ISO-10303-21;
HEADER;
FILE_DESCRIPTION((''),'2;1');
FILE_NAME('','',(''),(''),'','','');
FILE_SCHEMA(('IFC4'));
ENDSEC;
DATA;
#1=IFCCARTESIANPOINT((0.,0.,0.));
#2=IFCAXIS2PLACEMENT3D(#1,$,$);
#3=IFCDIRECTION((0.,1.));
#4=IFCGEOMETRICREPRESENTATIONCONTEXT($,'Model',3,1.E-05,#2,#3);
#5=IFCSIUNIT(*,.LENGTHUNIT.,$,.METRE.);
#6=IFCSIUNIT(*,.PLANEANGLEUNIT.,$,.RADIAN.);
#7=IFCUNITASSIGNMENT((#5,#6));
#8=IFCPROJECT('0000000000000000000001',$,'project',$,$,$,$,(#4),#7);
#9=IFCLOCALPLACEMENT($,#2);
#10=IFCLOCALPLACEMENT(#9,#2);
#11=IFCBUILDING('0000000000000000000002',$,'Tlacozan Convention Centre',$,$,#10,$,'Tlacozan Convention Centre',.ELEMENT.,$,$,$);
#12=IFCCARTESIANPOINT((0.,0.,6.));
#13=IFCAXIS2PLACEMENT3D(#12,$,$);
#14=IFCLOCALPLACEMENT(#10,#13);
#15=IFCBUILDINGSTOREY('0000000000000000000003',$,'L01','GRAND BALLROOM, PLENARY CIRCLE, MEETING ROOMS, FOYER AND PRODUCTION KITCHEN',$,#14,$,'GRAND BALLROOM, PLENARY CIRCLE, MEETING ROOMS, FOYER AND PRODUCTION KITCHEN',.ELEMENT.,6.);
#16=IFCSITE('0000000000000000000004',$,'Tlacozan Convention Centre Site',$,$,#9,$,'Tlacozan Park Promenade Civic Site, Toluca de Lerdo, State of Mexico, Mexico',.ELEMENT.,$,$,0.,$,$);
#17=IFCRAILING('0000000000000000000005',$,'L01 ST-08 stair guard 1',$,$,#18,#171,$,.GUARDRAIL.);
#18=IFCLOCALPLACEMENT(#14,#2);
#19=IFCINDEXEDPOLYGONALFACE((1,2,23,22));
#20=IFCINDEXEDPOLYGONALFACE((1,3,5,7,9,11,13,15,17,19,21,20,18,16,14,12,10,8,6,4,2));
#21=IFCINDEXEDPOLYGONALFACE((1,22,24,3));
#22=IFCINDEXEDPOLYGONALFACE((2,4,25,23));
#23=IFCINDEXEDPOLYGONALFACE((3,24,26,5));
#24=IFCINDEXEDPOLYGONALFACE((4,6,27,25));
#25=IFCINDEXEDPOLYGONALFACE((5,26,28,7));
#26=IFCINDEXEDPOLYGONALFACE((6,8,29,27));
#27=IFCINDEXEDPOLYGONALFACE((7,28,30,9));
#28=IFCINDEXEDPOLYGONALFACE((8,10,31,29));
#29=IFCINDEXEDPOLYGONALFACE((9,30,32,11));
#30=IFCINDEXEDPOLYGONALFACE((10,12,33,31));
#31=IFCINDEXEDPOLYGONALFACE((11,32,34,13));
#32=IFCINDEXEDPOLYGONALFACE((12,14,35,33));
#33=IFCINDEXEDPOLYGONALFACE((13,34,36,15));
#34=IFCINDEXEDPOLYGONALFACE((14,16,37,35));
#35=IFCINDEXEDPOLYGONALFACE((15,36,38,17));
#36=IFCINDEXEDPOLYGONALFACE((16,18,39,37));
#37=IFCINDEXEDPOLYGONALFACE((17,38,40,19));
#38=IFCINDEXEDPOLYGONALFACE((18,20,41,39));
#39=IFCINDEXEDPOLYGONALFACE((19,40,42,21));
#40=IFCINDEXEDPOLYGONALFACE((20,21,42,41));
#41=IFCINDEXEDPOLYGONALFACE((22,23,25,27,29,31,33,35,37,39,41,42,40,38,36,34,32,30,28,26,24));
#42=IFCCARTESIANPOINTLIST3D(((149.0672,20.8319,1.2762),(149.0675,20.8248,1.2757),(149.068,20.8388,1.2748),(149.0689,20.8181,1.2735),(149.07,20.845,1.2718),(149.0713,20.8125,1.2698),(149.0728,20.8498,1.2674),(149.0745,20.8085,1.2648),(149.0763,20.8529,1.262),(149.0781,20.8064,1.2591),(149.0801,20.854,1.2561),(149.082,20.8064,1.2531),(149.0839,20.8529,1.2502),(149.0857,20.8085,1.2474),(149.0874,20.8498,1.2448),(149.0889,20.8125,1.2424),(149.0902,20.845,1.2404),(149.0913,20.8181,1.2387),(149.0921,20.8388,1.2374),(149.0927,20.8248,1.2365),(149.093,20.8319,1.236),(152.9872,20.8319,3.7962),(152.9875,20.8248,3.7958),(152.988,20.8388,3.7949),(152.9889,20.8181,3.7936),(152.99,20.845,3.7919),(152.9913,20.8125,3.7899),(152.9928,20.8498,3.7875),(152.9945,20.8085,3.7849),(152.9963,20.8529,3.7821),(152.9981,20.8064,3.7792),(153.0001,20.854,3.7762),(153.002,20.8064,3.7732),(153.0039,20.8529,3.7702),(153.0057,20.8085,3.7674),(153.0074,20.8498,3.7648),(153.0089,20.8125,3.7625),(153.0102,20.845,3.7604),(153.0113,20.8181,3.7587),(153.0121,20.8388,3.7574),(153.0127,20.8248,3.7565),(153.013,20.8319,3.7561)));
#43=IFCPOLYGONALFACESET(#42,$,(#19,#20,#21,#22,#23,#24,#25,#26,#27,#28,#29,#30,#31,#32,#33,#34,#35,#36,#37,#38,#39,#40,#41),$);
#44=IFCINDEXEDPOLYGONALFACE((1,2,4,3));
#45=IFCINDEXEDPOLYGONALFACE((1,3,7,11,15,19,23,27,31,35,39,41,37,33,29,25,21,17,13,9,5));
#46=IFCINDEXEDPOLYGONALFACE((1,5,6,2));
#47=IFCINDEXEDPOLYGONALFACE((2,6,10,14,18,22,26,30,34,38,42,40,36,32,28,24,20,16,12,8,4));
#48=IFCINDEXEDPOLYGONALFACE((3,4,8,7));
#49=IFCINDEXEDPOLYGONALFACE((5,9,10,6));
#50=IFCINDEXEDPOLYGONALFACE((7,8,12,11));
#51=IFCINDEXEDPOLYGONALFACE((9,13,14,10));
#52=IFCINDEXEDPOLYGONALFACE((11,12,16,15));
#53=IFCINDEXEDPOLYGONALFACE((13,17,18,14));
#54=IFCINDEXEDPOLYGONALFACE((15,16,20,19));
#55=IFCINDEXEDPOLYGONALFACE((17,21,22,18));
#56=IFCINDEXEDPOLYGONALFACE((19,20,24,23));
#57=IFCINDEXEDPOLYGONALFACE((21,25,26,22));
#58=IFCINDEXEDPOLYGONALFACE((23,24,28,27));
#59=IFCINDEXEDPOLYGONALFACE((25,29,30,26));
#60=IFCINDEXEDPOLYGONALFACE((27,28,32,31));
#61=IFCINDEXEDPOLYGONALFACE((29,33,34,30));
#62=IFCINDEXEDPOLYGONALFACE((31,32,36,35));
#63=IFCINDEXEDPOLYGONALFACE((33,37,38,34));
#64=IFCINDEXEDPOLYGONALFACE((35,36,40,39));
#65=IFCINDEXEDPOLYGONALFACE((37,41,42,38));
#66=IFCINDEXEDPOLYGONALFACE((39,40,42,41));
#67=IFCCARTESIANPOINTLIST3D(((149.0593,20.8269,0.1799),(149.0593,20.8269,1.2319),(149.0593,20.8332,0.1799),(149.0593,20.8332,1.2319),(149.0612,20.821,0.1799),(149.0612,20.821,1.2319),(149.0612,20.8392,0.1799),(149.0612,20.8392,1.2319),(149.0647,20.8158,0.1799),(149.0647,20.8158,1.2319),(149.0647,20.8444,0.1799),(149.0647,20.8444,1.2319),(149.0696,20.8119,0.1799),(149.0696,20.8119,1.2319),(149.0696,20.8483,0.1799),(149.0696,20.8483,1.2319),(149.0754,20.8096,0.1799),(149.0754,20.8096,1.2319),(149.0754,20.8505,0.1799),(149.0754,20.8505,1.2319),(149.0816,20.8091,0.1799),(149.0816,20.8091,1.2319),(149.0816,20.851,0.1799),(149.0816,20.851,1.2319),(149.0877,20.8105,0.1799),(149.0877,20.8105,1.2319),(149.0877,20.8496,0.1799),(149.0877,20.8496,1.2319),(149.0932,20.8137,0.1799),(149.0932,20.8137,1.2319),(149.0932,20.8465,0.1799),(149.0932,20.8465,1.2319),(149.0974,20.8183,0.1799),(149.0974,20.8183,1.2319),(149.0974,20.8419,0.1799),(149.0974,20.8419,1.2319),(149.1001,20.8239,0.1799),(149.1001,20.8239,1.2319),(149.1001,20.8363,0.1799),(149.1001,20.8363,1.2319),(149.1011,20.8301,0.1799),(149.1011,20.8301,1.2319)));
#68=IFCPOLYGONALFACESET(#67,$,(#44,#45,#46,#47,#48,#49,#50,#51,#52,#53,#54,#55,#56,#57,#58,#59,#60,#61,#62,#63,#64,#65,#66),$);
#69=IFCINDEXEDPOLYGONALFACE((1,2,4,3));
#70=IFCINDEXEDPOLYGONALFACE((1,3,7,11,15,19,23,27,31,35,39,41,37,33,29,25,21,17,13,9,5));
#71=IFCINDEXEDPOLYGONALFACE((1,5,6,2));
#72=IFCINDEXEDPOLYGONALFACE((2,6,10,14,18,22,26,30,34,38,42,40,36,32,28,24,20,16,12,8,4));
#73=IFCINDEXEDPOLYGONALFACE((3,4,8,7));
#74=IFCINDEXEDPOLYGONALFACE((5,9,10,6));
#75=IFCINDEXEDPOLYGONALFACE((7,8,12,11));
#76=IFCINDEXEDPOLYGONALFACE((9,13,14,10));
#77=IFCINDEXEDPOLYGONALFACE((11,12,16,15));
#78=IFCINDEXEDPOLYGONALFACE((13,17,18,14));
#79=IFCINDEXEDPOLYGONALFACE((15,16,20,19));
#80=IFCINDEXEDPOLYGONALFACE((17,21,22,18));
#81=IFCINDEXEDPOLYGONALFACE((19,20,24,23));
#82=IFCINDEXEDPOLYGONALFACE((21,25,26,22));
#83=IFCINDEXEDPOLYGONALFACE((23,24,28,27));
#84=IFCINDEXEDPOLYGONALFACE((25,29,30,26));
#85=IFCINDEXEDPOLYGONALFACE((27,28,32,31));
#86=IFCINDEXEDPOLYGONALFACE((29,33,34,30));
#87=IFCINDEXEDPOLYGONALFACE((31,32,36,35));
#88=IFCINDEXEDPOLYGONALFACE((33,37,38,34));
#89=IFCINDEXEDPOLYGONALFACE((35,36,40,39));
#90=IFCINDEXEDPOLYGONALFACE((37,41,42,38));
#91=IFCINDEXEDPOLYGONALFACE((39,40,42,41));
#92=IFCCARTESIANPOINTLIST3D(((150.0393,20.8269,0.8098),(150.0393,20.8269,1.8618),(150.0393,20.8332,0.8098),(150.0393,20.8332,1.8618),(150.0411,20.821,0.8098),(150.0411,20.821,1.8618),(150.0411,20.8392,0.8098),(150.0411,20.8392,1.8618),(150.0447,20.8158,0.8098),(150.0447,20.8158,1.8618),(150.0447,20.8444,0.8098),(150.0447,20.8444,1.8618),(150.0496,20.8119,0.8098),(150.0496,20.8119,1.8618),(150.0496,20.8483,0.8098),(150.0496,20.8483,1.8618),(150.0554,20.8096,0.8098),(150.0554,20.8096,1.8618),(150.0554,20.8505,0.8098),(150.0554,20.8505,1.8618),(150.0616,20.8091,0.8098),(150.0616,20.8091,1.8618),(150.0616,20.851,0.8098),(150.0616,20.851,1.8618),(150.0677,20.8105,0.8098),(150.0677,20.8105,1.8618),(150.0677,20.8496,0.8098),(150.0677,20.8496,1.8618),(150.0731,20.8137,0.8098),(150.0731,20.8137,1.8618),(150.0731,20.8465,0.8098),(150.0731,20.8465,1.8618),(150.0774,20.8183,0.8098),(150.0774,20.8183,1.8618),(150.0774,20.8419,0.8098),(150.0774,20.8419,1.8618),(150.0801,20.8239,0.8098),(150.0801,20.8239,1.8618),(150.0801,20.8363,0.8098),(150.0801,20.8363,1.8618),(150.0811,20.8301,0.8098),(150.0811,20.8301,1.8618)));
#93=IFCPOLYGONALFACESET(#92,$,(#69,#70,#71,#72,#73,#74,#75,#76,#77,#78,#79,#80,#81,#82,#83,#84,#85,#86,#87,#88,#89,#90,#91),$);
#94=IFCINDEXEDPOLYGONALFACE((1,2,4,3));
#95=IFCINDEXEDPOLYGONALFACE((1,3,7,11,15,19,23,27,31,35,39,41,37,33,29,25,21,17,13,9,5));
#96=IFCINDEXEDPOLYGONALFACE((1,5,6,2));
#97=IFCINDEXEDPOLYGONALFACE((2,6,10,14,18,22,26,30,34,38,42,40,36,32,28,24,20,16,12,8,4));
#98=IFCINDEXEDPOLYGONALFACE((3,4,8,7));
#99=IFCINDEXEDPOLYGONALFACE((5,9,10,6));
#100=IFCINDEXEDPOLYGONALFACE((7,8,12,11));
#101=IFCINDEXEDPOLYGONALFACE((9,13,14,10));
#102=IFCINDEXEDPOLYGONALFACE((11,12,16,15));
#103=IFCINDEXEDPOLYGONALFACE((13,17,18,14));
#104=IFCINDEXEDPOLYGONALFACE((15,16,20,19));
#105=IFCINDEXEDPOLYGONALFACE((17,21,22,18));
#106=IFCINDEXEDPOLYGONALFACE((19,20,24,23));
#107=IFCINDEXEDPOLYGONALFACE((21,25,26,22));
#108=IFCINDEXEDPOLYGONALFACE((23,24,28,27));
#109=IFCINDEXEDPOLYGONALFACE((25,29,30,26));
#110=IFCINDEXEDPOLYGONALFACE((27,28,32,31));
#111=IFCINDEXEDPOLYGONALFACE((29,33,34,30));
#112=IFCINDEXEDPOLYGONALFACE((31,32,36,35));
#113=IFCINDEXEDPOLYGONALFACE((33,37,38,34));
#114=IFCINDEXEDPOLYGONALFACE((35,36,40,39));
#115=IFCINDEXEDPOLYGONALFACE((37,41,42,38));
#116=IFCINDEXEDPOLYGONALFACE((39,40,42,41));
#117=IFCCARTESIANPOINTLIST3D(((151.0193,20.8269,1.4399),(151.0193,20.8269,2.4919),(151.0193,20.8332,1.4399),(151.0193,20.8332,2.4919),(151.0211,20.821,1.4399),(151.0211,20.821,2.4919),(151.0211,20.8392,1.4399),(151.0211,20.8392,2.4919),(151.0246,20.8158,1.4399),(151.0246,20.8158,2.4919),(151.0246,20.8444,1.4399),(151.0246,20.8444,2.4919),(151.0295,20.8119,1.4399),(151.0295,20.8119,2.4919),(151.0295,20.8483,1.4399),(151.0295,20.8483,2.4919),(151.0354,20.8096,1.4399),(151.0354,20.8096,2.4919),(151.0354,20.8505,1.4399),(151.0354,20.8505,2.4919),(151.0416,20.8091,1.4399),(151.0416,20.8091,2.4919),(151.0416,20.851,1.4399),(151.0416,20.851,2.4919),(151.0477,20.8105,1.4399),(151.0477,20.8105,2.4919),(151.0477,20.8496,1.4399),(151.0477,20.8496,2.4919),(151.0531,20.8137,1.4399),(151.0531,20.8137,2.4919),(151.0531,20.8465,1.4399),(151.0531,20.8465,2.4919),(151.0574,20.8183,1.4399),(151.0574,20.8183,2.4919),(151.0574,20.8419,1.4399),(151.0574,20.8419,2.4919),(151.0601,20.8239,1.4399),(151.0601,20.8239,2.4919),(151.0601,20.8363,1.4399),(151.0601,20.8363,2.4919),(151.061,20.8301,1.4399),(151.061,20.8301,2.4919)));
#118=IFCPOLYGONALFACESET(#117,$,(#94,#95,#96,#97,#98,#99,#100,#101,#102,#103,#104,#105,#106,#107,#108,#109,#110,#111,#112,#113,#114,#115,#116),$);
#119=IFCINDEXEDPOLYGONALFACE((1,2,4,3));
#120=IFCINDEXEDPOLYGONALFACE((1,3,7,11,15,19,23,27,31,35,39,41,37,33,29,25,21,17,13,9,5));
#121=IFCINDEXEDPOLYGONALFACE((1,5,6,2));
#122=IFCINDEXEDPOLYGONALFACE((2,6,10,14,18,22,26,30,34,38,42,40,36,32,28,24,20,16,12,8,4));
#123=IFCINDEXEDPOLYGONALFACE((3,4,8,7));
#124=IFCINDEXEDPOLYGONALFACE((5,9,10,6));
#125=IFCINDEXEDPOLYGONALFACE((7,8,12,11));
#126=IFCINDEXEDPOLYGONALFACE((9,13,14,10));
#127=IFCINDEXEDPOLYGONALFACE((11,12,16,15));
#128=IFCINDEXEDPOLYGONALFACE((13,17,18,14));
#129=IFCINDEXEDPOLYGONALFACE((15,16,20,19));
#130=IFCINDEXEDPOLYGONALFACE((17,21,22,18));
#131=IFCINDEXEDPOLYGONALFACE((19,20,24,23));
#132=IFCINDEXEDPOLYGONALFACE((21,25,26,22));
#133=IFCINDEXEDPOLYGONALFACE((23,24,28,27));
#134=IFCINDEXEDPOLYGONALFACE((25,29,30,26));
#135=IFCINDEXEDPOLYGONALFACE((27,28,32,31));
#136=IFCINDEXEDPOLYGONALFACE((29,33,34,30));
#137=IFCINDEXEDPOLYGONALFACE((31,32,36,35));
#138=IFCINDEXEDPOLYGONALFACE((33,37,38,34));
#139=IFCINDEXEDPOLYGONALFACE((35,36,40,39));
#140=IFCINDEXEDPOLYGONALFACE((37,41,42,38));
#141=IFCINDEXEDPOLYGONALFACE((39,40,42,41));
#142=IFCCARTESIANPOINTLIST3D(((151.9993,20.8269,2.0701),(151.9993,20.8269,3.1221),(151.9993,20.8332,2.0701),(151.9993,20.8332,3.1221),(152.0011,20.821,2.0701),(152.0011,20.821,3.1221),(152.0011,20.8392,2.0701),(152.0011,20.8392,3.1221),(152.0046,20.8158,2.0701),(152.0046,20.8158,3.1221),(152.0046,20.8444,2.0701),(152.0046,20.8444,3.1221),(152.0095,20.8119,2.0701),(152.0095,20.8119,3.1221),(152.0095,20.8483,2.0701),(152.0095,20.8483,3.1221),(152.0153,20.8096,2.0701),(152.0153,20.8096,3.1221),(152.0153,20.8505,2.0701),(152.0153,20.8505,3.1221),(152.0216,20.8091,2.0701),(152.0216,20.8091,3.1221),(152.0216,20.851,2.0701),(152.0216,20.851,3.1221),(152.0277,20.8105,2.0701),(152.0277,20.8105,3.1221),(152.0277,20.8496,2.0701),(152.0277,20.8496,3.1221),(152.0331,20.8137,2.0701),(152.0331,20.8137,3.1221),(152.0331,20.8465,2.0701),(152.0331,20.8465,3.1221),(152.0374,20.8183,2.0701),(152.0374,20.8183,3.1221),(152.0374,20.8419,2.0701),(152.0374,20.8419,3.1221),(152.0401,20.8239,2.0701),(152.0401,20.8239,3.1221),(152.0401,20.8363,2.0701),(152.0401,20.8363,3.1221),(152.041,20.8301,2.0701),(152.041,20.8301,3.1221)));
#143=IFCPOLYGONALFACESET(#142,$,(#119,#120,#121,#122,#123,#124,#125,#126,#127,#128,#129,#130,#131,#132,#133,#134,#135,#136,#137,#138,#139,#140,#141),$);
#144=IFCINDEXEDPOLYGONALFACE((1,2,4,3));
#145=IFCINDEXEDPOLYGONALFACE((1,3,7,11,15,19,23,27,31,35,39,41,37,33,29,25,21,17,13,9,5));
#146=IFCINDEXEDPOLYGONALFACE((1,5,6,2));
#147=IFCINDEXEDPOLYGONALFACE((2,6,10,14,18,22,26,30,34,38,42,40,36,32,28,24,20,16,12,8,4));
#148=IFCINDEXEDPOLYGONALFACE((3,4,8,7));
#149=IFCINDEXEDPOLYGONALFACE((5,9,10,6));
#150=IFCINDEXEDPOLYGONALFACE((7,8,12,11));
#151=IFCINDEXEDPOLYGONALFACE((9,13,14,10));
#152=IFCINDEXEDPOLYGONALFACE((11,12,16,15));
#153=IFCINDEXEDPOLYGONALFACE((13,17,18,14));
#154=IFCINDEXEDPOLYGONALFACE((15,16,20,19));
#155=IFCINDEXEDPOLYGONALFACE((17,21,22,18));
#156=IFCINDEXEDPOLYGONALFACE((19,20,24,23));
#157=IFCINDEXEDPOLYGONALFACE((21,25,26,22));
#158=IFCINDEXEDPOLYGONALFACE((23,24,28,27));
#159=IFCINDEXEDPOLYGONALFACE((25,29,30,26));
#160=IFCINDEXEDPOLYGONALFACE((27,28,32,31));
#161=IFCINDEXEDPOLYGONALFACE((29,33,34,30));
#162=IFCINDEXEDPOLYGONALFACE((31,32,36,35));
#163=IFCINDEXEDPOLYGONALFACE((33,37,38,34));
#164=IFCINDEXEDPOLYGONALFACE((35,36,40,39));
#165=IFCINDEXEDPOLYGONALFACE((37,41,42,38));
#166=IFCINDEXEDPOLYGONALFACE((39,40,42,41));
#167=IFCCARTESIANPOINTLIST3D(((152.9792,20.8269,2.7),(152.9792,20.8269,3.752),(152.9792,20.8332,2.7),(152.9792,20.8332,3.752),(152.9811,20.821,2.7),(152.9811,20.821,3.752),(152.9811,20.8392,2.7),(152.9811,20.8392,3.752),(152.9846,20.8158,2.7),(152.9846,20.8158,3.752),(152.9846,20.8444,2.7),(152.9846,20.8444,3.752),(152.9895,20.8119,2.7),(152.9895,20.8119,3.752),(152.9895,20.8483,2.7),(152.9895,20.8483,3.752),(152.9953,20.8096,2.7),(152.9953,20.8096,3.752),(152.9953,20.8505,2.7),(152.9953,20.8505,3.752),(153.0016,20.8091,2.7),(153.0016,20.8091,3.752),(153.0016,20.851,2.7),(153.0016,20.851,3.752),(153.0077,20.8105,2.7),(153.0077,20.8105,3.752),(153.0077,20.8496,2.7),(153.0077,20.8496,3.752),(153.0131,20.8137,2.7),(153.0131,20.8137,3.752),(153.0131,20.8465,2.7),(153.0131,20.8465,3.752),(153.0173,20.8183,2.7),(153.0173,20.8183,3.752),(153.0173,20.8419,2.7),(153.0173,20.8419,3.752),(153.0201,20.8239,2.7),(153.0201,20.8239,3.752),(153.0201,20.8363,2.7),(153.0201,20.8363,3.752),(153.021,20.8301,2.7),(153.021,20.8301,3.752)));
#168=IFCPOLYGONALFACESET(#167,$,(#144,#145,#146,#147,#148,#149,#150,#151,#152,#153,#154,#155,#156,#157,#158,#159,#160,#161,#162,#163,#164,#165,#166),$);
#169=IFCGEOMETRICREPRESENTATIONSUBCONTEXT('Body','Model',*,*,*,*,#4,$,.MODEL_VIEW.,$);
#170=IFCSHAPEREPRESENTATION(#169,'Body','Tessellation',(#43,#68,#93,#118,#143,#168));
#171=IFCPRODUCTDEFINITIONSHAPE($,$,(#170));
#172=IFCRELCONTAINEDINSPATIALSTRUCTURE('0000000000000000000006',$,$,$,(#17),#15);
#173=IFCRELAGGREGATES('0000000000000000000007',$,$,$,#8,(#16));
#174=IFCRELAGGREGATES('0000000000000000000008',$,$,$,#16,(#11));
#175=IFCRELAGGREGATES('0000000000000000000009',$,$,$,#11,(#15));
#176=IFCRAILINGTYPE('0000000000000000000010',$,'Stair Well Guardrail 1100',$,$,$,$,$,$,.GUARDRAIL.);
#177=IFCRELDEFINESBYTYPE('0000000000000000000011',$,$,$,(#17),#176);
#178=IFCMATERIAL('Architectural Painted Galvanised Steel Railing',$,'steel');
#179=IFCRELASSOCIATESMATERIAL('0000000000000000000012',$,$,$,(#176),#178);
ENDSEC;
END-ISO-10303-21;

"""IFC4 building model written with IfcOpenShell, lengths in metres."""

from ifc_helpers import new_model, si_unit, direction, frame, origin, origin_2d, place, context, subcontext, project, spatial, circle, extrude, material, type_object, element, save


model = new_model("IFC4")

# Units and contexts
model_context = context("Model", 3, precision=1e-05, world=origin(), true_north=direction((0.0, 1.0)))
body_context = subcontext(model_context, "Body", "Model", "MODEL_VIEW")
ifc_project = project(units=[si_unit("LENGTHUNIT", "METRE"), si_unit("PLANEANGLEUNIT", "RADIAN")], contexts=[model_context])

# Site, building, storey
site_placement = place(None, origin())
site = spatial("IfcSite", under=ifc_project, at=site_placement, Name="Tlacozan Convention Centre Site", LongName="Tlacozan Park Promenade Civic Site, Toluca de Lerdo, State of Mexico, Mexico", CompositionType="ELEMENT", RefElevation=0.0)
building_placement = place(site_placement, origin())
building = spatial("IfcBuilding", under=site, at=building_placement, Name="Tlacozan Convention Centre", LongName="Tlacozan Convention Centre", CompositionType="ELEMENT")
storey_placement = place(building_placement, frame((0.0, 0.0, 6.0)))
storey = spatial("IfcBuildingStorey", under=building, at=storey_placement, Name="L01", Description="GRAND BALLROOM, PLENARY CIRCLE, MEETING ROOMS, FOYER AND PRODUCTION KITCHEN", LongName="GRAND BALLROOM, PLENARY CIRCLE, MEETING ROOMS, FOYER AND PRODUCTION KITCHEN", CompositionType="ELEMENT", Elevation=6.0)

# Railing
ifc_material_1 = material(Name="Architectural Painted Galvanised Steel Railing", Category="steel")
railing_type_1 = type_object("IfcRailingType", Name="Stair Well Guardrail 1100", PredefinedType="GUARDRAIL", material=ifc_material_1)
railing_1_placement = place(storey_placement, frame((149.0801, 20.8301, 0.1799)))
element("IfcRailing", 1, at=railing_1_placement, inside=storey, type_object=railing_type_1, Name="L01 ST-08 stair guard 1", PredefinedType="GUARDRAIL", context=body_context, shape_type="SweptSolid", body=[
    extrude(circle(Radius=0.0239, at=origin_2d()), frame((0.0, 0.0, 1.0762), z_axis=(0.841172, 0.0, 0.540768), x_axis=(0.0, 1.0, 0.0)), (0.0, 0.0, 1.0), 4.6602),
    extrude(circle(Radius=0.021, at=origin_2d()), origin(), (0.0, 0.0, 1.0), 1.052),
    extrude(circle(Radius=0.021, at=origin_2d()), frame((0.98, 0.0, 0.6299)), (0.0, 0.0, 1.0), 1.052),
    extrude(circle(Radius=0.021, at=origin_2d()), frame((1.96, 0.0, 1.26)), (0.0, 0.0, 1.0), 1.052),
    extrude(circle(Radius=0.021, at=origin_2d()), frame((2.9399, 0.0, 1.8901)), (0.0, 0.0, 1.0), 1.052),
    extrude(circle(Radius=0.021, at=origin_2d()), frame((3.9199, 0.0, 2.52)), (0.0, 0.0, 1.0), 1.052),
])

save(model, "model.ifc")
